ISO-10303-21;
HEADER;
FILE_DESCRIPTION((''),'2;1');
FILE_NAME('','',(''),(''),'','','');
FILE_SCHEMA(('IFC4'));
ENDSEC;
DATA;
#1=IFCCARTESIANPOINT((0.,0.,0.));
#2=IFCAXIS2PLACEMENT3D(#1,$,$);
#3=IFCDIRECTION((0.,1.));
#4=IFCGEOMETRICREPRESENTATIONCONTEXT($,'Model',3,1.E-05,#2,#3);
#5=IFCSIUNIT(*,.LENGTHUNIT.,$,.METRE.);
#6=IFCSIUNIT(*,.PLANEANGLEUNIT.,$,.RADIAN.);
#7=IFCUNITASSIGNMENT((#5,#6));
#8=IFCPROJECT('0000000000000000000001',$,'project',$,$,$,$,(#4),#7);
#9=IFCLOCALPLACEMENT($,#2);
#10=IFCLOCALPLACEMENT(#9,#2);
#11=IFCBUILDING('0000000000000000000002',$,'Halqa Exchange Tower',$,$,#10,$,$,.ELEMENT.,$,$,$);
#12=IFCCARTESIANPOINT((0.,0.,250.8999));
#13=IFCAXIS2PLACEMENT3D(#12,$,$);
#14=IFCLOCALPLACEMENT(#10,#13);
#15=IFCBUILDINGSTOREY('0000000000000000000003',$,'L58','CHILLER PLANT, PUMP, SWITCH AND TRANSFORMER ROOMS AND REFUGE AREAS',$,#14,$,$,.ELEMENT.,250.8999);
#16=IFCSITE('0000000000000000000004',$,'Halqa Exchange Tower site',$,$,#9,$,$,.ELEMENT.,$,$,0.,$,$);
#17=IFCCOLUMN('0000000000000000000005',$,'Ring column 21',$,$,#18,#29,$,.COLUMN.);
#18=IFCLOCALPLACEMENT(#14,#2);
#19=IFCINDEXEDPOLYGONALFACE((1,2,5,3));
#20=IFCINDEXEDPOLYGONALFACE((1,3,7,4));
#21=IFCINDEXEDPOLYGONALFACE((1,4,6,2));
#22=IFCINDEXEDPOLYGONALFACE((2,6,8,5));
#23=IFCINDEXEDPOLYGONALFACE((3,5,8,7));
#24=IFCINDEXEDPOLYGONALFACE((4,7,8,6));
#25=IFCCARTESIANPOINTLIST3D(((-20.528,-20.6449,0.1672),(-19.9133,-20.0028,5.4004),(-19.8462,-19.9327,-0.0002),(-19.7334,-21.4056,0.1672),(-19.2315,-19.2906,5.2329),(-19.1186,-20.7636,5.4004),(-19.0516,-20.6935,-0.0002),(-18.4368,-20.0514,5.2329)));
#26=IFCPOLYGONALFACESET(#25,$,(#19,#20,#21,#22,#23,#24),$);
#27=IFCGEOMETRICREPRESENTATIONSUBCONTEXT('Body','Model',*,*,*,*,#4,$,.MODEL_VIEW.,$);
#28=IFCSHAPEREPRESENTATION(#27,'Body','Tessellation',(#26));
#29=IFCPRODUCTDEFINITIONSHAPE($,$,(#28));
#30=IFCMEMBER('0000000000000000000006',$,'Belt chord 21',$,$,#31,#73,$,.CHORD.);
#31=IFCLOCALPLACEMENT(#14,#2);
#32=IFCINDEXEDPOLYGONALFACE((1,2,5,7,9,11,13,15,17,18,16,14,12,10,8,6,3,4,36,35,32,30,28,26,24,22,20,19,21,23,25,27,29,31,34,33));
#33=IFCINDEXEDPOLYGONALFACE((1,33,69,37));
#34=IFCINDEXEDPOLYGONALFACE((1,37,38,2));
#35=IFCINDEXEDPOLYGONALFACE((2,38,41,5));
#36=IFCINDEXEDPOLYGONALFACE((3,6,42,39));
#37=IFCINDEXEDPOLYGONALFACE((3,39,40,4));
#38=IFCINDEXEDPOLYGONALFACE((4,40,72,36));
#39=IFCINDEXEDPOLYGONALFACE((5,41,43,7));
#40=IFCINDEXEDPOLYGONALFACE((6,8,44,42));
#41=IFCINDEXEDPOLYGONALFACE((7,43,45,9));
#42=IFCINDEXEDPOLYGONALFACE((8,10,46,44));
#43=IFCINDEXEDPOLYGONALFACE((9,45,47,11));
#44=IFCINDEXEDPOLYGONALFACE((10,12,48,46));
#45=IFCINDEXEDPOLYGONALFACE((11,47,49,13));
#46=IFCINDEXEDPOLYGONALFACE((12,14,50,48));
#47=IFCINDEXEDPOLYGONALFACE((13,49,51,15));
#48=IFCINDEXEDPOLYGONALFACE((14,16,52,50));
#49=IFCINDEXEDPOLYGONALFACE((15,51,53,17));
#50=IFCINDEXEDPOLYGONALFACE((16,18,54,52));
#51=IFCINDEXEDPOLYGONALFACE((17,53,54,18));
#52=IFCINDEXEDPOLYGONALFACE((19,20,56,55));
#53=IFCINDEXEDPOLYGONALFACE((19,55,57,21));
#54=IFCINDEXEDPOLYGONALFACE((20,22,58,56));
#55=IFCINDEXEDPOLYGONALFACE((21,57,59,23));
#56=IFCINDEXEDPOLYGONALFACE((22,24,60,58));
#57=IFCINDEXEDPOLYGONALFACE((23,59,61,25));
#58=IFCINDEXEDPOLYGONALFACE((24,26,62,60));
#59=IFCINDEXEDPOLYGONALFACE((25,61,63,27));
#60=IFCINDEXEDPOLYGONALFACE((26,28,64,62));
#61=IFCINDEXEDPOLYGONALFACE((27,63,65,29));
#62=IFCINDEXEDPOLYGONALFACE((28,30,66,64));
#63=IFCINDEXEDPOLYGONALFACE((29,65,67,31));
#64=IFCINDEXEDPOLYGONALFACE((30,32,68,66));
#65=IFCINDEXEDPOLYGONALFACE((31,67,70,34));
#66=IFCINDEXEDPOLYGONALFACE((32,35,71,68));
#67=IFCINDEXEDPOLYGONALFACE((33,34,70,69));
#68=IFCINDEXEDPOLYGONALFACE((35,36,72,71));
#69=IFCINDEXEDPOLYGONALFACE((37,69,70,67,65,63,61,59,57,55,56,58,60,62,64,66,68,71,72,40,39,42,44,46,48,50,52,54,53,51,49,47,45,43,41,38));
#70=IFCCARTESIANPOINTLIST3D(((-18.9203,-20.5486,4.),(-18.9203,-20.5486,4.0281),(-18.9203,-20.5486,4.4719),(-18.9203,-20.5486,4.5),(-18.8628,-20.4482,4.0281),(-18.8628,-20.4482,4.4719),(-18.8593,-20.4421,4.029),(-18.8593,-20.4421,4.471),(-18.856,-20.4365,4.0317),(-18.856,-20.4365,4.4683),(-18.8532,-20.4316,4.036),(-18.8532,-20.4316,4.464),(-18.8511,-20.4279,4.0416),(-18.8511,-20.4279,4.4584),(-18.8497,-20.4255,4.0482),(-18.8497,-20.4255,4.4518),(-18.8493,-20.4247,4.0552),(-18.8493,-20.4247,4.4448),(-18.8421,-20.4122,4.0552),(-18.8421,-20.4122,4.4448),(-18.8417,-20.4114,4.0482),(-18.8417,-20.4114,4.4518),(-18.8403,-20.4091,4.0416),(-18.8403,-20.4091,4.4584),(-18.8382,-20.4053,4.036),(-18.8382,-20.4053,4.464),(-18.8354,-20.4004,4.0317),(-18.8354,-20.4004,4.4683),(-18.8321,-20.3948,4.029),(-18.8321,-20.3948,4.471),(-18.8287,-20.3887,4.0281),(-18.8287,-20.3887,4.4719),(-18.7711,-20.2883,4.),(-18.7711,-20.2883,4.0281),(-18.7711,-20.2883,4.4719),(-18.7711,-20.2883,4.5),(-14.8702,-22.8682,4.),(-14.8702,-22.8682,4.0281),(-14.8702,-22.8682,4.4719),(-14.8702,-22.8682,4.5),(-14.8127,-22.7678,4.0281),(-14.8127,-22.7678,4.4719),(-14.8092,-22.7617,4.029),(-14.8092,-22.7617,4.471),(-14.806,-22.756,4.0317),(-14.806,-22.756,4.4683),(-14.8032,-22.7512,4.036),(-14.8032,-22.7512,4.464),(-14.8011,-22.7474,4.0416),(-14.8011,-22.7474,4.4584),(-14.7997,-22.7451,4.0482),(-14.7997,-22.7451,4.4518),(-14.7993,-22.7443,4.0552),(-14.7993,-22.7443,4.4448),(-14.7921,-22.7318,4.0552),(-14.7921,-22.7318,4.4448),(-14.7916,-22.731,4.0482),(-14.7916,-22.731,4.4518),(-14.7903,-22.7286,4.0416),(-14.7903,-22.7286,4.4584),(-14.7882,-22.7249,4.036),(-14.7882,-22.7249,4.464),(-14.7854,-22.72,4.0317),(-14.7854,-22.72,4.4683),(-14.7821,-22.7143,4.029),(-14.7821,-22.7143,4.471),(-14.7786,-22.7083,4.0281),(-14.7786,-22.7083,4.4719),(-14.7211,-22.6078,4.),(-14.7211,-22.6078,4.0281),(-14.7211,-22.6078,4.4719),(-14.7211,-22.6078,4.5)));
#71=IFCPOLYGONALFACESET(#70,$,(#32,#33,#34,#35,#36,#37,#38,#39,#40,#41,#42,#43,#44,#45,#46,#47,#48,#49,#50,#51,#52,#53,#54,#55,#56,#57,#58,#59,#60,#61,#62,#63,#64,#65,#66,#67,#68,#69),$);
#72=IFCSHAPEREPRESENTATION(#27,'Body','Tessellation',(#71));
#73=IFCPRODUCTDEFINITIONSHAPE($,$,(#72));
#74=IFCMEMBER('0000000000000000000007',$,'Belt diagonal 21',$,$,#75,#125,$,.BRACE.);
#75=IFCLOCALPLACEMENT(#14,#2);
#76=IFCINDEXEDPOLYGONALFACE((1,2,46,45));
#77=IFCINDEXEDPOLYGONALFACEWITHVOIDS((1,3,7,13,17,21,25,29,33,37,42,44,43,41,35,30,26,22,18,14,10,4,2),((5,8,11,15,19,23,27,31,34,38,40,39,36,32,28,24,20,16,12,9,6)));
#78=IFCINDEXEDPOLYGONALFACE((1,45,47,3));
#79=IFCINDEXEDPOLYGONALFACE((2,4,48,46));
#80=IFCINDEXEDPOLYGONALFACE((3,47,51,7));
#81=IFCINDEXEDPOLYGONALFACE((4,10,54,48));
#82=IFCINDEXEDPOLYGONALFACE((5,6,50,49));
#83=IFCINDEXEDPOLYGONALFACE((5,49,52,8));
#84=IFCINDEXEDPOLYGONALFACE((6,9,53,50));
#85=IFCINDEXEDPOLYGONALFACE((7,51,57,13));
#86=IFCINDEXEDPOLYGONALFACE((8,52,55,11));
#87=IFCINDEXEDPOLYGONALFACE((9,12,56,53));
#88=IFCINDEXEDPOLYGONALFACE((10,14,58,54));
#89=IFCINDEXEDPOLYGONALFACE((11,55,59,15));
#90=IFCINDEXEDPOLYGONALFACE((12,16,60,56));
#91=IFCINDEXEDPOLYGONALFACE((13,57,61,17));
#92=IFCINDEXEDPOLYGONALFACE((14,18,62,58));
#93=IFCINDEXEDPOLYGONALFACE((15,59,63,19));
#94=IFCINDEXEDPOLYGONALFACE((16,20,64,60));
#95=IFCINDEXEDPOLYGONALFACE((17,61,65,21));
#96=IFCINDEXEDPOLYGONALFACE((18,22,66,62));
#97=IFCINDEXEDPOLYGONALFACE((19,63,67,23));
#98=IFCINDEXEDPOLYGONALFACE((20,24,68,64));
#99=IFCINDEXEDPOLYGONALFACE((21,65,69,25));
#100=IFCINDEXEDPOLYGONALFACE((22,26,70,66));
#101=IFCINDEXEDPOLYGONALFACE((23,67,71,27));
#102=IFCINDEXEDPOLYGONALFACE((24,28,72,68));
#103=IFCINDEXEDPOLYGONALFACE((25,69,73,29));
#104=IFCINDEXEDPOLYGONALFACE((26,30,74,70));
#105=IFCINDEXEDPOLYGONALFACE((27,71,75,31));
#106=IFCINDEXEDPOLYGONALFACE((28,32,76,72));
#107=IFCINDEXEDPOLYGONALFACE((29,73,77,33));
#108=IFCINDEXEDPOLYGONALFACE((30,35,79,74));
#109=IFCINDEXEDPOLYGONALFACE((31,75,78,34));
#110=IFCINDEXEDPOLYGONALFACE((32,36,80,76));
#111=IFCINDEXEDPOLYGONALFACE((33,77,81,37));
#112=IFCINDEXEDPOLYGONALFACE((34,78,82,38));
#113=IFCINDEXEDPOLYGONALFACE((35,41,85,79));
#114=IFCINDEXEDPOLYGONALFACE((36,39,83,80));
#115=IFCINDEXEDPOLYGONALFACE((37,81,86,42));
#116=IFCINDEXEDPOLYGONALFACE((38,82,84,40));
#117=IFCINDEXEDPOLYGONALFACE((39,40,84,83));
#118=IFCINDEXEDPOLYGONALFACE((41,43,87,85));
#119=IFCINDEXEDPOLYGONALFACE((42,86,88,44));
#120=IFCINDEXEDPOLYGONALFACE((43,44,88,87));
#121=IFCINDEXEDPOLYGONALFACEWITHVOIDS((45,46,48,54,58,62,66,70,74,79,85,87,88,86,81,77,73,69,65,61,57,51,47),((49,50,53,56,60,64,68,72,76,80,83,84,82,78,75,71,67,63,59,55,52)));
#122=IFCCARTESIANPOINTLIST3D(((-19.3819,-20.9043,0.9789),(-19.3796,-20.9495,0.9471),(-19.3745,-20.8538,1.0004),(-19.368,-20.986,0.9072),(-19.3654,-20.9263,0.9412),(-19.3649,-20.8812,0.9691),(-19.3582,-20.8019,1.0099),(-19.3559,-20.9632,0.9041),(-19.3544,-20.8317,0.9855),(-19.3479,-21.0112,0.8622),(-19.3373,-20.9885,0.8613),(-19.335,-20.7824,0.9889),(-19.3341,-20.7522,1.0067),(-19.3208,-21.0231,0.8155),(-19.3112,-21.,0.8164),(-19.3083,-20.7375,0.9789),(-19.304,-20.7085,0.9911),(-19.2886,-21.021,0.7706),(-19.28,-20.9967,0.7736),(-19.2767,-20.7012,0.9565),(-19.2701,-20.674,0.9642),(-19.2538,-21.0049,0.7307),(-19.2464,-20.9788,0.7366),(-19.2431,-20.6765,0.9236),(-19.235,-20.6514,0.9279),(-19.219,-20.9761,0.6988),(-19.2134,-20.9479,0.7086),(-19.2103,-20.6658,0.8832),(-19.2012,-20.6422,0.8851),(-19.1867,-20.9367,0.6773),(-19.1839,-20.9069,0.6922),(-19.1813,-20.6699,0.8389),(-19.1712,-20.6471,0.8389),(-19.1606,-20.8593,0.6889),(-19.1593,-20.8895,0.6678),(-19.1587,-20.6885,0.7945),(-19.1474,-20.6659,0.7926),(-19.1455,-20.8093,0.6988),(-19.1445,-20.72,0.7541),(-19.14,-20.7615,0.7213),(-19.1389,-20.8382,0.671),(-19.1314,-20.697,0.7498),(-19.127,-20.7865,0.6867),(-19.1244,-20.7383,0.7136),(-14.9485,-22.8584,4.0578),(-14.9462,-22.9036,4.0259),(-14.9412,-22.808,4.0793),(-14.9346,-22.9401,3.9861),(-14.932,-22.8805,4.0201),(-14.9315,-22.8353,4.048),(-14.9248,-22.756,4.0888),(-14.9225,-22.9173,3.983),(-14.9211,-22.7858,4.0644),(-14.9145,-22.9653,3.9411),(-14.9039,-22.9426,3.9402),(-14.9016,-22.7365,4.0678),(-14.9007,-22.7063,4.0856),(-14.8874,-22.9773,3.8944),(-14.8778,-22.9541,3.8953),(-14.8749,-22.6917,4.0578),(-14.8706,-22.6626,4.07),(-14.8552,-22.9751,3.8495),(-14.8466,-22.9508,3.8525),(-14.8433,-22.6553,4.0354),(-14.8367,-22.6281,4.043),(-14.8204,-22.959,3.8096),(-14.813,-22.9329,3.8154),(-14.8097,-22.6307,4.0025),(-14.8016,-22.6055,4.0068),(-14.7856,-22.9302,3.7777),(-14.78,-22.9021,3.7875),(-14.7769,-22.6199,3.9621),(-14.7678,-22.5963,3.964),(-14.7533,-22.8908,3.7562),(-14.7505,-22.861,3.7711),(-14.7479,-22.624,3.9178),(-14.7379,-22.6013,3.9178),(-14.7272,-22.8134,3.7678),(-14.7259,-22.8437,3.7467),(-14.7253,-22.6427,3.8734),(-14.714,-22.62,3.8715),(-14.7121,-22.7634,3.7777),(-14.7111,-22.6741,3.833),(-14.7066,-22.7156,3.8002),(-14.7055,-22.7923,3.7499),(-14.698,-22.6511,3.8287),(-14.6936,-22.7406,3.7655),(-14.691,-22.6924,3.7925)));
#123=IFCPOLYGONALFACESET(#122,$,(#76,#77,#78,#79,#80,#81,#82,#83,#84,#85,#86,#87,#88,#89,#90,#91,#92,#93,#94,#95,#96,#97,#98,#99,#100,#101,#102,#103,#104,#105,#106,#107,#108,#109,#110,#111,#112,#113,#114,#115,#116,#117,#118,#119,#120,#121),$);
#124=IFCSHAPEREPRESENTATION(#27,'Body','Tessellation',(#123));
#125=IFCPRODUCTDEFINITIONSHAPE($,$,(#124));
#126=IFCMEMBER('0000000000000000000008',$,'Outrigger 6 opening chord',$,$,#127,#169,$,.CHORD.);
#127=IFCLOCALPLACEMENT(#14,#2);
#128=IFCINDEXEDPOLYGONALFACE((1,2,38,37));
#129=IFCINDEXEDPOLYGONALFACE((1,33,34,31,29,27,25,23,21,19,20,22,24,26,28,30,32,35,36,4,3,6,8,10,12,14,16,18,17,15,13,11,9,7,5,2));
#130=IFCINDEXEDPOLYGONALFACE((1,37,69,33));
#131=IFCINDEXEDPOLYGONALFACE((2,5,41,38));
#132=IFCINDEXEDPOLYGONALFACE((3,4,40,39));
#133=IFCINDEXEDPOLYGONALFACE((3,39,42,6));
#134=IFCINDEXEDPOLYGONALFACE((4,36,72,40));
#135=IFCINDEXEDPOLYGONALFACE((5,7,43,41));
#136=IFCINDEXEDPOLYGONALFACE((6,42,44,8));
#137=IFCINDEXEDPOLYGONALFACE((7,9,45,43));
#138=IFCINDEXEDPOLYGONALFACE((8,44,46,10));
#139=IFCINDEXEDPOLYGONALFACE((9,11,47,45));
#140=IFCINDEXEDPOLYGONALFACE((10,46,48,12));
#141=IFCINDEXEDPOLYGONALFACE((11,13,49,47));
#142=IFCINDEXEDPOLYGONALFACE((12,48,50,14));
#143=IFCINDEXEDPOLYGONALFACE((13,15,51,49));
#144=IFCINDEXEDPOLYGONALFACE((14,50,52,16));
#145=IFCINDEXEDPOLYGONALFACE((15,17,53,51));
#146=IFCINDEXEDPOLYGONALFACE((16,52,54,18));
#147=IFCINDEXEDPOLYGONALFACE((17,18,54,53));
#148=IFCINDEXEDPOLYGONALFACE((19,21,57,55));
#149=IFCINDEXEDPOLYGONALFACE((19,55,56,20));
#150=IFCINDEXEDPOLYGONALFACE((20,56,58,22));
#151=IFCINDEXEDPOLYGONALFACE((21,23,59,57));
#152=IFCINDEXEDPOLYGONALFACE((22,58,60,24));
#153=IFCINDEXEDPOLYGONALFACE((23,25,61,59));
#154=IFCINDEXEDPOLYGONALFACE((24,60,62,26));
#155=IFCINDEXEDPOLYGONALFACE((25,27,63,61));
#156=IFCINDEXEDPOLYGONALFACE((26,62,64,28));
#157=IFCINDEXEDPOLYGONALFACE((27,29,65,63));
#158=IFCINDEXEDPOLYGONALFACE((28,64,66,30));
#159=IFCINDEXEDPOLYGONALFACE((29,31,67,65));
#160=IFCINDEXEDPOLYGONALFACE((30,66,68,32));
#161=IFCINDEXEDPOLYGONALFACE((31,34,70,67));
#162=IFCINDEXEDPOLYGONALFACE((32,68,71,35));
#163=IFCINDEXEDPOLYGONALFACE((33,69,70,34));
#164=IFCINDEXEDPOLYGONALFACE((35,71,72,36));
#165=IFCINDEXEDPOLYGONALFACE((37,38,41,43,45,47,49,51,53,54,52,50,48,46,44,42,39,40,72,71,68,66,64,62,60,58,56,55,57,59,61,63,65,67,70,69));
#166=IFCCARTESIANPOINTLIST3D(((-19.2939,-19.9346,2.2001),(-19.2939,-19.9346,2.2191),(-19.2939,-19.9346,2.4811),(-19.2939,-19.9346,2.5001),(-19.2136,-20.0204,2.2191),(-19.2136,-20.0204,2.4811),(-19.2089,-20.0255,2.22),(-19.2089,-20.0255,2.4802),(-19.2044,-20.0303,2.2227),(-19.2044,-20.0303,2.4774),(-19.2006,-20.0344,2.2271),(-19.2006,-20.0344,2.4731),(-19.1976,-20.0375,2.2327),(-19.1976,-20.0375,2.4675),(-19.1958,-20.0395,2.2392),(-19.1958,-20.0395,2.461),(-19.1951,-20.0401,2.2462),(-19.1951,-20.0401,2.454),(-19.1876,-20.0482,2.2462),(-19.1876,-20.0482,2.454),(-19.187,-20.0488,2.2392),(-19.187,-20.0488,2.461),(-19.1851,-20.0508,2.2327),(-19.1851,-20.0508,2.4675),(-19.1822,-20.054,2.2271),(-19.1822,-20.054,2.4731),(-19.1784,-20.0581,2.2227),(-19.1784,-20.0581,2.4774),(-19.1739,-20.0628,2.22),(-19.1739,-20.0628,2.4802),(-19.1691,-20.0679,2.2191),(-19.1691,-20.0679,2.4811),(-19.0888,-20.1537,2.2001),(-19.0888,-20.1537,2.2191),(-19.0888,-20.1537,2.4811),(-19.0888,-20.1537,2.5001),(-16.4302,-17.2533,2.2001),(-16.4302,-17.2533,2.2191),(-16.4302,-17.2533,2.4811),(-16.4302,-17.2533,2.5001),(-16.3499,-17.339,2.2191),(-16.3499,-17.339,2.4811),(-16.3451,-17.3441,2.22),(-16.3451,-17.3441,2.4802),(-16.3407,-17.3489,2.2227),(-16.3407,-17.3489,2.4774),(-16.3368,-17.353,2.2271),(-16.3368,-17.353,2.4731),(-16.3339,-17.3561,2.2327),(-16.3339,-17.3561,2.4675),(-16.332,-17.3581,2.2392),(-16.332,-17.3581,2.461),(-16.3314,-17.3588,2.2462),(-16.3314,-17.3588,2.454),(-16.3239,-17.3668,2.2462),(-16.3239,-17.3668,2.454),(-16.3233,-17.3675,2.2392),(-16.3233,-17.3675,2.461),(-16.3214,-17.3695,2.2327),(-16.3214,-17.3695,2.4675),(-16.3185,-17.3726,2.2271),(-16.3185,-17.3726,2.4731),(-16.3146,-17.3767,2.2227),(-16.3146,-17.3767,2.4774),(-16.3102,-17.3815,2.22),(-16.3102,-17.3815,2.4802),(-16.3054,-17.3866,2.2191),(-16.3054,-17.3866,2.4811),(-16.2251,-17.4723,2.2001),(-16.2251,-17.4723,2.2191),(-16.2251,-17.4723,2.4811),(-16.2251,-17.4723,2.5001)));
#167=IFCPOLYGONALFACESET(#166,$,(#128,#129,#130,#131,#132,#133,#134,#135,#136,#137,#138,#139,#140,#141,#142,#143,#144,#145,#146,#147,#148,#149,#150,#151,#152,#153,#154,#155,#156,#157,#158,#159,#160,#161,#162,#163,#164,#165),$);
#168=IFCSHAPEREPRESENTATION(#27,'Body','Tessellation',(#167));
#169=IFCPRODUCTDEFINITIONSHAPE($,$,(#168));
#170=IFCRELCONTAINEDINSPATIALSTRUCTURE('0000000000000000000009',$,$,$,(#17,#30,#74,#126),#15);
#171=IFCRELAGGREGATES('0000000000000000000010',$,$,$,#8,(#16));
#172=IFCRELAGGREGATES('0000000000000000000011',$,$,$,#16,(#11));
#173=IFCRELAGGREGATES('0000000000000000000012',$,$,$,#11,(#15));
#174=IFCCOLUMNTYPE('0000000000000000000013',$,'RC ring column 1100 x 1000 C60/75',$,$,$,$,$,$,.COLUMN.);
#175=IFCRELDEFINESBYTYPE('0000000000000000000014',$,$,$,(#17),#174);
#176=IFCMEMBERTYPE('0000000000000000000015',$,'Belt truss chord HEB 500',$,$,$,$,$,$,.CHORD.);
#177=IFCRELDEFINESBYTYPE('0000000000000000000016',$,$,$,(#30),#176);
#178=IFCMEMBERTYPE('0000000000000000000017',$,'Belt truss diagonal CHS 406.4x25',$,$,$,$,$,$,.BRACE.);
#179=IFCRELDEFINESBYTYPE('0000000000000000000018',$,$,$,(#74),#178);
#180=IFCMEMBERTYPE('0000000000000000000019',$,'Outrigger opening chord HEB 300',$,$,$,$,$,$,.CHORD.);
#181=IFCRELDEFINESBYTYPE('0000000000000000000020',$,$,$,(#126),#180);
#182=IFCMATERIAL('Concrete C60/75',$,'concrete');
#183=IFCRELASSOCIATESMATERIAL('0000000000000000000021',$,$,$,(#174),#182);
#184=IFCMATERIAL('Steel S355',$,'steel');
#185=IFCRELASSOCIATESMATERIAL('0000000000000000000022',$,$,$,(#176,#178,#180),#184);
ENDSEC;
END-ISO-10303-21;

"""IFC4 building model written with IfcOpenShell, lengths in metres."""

from ifc_helpers import new_model, si_unit, direction, frame, origin, origin_2d, place, context, subcontext, project, spatial, rectangle, hollow_circle, i_section, extrude, material, material_profile, profile_set, type_object, element, save


model = new_model("IFC4")

# Units and contexts
model_context = context("Model", 3, precision=1e-05, world=origin(), true_north=direction((0.0, 1.0)))
body_context = subcontext(model_context, "Body", "Model", "MODEL_VIEW")
ifc_project = project(units=[si_unit("LENGTHUNIT", "METRE"), si_unit("PLANEANGLEUNIT", "RADIAN")], contexts=[model_context])

# Site, building, storey
site_placement = place(None, origin())
site = spatial("IfcSite", under=ifc_project, at=site_placement, Name="Halqa Exchange Tower site", CompositionType="ELEMENT", RefElevation=0.0)
building_placement = place(site_placement, origin())
building = spatial("IfcBuilding", under=site, at=building_placement, Name="Halqa Exchange Tower", CompositionType="ELEMENT")
storey_placement = place(building_placement, frame((0.0, 0.0, 250.8999)))
storey = spatial("IfcBuildingStorey", under=building, at=storey_placement, Name="L58", Description="CHILLER PLANT, PUMP, SWITCH AND TRANSFORMER ROOMS AND REFUGE AREAS", CompositionType="ELEMENT", Elevation=250.8999)

# Column
ifc_material_1 = material(Name="Concrete C60/75", Category="concrete")
ifc_material_profile_1 = material_profile(ifc_material_1, rectangle(XDim=1.1001, YDim=1.0, at=origin_2d()), Name="1100 x 1000")
ifc_profile_set_1 = profile_set([ifc_material_profile_1], Name="Concrete C60/75")
column_type = type_object("IfcColumnType", Name="RC ring column 1100 x 1000 C60/75", PredefinedType="COLUMN", material=ifc_profile_set_1)
column_placement = place(storey_placement, frame((-19.7898, -20.6692, 0.0835), z_axis=(0.115812, 0.120964, 0.985878), x_axis=(-0.72232, 0.691559, 0.0)))
element("IfcColumn", 1, at=column_placement, inside=storey, type_object=column_type, Name="Ring column 21", PredefinedType="COLUMN", context=body_context, shape_type="SweptSolid", body=[
    extrude(rectangle(XDim=1.1001, YDim=1.0, at=origin_2d()), origin(), (0.0, 0.0, 1.0), 5.3081),
])

# Members
ifc_material_2 = material(Name="Steel S355", Category="steel")
ifc_material_profile_2 = material_profile(ifc_material_2, i_section(OverallWidth=0.3, OverallDepth=0.5, WebThickness=0.0144, FlangeThickness=0.0281, FilletRadius=0.0271, at=origin_2d()), Name="HEB 500")
ifc_profile_set_2 = profile_set([ifc_material_profile_2], Name="Steel S355")
member_type_1 = type_object("IfcMemberType", Name="Belt truss chord HEB 500", PredefinedType="CHORD", material=ifc_profile_set_2)
member_1_placement = place(storey_placement, frame((-18.8457, -20.4185, 4.25), z_axis=(0.867757, -0.496989, 0.0), x_axis=(0.496989, 0.867757, 0.0)))
element("IfcMember", 2, at=member_1_placement, inside=storey, type_object=member_type_1, Name="Belt chord 21", PredefinedType="CHORD", context=body_context, shape_type="SweptSolid", body=[
    extrude(i_section(OverallWidth=0.3, OverallDepth=0.5, WebThickness=0.0144, FlangeThickness=0.0281, FilletRadius=0.0271, at=origin_2d()), origin(), (0.0, 0.0, 1.0), 4.6672),
])
ifc_material_profile_3 = material_profile(ifc_material_2, hollow_circle(Radius=0.2031, WallThickness=0.0249, at=origin_2d()), Name="CHS 406.4x25")
ifc_profile_set_3 = profile_set([ifc_material_profile_3], Name="Steel S355")
member_type_2 = type_object("IfcMemberType", Name="Belt truss diagonal CHS 406.4x25", PredefinedType="BRACE", material=ifc_profile_set_3)
member_2_placement = place(storey_placement, frame((-19.2532, -20.833, 0.8389), z_axis=(0.772304, -0.340411, 0.536347), x_axis=(0.403331, 0.915054, 0.0)))
element("IfcMember", 3, at=member_2_placement, inside=storey, type_object=member_type_2, Name="Belt diagonal 21", PredefinedType="BRACE", context=body_context, shape_type="SweptSolid", body=[
    extrude(hollow_circle(Radius=0.2031, WallThickness=0.0249, at=origin_2d()), origin(), (0.0, 0.0, 1.0), 5.7405),
])
ifc_material_profile_4 = material_profile(ifc_material_2, i_section(OverallWidth=0.3, OverallDepth=0.3, WebThickness=0.011, FlangeThickness=0.019, FilletRadius=0.0271, at=origin_2d()), Name="HEB 300")
ifc_profile_set_4 = profile_set([ifc_material_profile_4], Name="Steel S355")
member_type_3 = type_object("IfcMemberType", Name="Outrigger opening chord HEB 300", PredefinedType="CHORD", material=ifc_profile_set_4)
member_3_placement = place(storey_placement, frame((-16.3276, -17.3628, 2.3501), z_axis=(-0.729968, -0.683481, 0.0), x_axis=(0.683481, -0.729968, 0.0)))
element("IfcMember", 4, at=member_3_placement, inside=storey, type_object=member_type_3, Name="Outrigger 6 opening chord", PredefinedType="CHORD", context=body_context, shape_type="SweptSolid", body=[
    extrude(i_section(OverallWidth=0.3, OverallDepth=0.3, WebThickness=0.011, FlangeThickness=0.019, FilletRadius=0.0271, at=origin_2d()), origin(), (0.0, 0.0, 1.0), 3.9231),
])

save(model, "model.ifc")
